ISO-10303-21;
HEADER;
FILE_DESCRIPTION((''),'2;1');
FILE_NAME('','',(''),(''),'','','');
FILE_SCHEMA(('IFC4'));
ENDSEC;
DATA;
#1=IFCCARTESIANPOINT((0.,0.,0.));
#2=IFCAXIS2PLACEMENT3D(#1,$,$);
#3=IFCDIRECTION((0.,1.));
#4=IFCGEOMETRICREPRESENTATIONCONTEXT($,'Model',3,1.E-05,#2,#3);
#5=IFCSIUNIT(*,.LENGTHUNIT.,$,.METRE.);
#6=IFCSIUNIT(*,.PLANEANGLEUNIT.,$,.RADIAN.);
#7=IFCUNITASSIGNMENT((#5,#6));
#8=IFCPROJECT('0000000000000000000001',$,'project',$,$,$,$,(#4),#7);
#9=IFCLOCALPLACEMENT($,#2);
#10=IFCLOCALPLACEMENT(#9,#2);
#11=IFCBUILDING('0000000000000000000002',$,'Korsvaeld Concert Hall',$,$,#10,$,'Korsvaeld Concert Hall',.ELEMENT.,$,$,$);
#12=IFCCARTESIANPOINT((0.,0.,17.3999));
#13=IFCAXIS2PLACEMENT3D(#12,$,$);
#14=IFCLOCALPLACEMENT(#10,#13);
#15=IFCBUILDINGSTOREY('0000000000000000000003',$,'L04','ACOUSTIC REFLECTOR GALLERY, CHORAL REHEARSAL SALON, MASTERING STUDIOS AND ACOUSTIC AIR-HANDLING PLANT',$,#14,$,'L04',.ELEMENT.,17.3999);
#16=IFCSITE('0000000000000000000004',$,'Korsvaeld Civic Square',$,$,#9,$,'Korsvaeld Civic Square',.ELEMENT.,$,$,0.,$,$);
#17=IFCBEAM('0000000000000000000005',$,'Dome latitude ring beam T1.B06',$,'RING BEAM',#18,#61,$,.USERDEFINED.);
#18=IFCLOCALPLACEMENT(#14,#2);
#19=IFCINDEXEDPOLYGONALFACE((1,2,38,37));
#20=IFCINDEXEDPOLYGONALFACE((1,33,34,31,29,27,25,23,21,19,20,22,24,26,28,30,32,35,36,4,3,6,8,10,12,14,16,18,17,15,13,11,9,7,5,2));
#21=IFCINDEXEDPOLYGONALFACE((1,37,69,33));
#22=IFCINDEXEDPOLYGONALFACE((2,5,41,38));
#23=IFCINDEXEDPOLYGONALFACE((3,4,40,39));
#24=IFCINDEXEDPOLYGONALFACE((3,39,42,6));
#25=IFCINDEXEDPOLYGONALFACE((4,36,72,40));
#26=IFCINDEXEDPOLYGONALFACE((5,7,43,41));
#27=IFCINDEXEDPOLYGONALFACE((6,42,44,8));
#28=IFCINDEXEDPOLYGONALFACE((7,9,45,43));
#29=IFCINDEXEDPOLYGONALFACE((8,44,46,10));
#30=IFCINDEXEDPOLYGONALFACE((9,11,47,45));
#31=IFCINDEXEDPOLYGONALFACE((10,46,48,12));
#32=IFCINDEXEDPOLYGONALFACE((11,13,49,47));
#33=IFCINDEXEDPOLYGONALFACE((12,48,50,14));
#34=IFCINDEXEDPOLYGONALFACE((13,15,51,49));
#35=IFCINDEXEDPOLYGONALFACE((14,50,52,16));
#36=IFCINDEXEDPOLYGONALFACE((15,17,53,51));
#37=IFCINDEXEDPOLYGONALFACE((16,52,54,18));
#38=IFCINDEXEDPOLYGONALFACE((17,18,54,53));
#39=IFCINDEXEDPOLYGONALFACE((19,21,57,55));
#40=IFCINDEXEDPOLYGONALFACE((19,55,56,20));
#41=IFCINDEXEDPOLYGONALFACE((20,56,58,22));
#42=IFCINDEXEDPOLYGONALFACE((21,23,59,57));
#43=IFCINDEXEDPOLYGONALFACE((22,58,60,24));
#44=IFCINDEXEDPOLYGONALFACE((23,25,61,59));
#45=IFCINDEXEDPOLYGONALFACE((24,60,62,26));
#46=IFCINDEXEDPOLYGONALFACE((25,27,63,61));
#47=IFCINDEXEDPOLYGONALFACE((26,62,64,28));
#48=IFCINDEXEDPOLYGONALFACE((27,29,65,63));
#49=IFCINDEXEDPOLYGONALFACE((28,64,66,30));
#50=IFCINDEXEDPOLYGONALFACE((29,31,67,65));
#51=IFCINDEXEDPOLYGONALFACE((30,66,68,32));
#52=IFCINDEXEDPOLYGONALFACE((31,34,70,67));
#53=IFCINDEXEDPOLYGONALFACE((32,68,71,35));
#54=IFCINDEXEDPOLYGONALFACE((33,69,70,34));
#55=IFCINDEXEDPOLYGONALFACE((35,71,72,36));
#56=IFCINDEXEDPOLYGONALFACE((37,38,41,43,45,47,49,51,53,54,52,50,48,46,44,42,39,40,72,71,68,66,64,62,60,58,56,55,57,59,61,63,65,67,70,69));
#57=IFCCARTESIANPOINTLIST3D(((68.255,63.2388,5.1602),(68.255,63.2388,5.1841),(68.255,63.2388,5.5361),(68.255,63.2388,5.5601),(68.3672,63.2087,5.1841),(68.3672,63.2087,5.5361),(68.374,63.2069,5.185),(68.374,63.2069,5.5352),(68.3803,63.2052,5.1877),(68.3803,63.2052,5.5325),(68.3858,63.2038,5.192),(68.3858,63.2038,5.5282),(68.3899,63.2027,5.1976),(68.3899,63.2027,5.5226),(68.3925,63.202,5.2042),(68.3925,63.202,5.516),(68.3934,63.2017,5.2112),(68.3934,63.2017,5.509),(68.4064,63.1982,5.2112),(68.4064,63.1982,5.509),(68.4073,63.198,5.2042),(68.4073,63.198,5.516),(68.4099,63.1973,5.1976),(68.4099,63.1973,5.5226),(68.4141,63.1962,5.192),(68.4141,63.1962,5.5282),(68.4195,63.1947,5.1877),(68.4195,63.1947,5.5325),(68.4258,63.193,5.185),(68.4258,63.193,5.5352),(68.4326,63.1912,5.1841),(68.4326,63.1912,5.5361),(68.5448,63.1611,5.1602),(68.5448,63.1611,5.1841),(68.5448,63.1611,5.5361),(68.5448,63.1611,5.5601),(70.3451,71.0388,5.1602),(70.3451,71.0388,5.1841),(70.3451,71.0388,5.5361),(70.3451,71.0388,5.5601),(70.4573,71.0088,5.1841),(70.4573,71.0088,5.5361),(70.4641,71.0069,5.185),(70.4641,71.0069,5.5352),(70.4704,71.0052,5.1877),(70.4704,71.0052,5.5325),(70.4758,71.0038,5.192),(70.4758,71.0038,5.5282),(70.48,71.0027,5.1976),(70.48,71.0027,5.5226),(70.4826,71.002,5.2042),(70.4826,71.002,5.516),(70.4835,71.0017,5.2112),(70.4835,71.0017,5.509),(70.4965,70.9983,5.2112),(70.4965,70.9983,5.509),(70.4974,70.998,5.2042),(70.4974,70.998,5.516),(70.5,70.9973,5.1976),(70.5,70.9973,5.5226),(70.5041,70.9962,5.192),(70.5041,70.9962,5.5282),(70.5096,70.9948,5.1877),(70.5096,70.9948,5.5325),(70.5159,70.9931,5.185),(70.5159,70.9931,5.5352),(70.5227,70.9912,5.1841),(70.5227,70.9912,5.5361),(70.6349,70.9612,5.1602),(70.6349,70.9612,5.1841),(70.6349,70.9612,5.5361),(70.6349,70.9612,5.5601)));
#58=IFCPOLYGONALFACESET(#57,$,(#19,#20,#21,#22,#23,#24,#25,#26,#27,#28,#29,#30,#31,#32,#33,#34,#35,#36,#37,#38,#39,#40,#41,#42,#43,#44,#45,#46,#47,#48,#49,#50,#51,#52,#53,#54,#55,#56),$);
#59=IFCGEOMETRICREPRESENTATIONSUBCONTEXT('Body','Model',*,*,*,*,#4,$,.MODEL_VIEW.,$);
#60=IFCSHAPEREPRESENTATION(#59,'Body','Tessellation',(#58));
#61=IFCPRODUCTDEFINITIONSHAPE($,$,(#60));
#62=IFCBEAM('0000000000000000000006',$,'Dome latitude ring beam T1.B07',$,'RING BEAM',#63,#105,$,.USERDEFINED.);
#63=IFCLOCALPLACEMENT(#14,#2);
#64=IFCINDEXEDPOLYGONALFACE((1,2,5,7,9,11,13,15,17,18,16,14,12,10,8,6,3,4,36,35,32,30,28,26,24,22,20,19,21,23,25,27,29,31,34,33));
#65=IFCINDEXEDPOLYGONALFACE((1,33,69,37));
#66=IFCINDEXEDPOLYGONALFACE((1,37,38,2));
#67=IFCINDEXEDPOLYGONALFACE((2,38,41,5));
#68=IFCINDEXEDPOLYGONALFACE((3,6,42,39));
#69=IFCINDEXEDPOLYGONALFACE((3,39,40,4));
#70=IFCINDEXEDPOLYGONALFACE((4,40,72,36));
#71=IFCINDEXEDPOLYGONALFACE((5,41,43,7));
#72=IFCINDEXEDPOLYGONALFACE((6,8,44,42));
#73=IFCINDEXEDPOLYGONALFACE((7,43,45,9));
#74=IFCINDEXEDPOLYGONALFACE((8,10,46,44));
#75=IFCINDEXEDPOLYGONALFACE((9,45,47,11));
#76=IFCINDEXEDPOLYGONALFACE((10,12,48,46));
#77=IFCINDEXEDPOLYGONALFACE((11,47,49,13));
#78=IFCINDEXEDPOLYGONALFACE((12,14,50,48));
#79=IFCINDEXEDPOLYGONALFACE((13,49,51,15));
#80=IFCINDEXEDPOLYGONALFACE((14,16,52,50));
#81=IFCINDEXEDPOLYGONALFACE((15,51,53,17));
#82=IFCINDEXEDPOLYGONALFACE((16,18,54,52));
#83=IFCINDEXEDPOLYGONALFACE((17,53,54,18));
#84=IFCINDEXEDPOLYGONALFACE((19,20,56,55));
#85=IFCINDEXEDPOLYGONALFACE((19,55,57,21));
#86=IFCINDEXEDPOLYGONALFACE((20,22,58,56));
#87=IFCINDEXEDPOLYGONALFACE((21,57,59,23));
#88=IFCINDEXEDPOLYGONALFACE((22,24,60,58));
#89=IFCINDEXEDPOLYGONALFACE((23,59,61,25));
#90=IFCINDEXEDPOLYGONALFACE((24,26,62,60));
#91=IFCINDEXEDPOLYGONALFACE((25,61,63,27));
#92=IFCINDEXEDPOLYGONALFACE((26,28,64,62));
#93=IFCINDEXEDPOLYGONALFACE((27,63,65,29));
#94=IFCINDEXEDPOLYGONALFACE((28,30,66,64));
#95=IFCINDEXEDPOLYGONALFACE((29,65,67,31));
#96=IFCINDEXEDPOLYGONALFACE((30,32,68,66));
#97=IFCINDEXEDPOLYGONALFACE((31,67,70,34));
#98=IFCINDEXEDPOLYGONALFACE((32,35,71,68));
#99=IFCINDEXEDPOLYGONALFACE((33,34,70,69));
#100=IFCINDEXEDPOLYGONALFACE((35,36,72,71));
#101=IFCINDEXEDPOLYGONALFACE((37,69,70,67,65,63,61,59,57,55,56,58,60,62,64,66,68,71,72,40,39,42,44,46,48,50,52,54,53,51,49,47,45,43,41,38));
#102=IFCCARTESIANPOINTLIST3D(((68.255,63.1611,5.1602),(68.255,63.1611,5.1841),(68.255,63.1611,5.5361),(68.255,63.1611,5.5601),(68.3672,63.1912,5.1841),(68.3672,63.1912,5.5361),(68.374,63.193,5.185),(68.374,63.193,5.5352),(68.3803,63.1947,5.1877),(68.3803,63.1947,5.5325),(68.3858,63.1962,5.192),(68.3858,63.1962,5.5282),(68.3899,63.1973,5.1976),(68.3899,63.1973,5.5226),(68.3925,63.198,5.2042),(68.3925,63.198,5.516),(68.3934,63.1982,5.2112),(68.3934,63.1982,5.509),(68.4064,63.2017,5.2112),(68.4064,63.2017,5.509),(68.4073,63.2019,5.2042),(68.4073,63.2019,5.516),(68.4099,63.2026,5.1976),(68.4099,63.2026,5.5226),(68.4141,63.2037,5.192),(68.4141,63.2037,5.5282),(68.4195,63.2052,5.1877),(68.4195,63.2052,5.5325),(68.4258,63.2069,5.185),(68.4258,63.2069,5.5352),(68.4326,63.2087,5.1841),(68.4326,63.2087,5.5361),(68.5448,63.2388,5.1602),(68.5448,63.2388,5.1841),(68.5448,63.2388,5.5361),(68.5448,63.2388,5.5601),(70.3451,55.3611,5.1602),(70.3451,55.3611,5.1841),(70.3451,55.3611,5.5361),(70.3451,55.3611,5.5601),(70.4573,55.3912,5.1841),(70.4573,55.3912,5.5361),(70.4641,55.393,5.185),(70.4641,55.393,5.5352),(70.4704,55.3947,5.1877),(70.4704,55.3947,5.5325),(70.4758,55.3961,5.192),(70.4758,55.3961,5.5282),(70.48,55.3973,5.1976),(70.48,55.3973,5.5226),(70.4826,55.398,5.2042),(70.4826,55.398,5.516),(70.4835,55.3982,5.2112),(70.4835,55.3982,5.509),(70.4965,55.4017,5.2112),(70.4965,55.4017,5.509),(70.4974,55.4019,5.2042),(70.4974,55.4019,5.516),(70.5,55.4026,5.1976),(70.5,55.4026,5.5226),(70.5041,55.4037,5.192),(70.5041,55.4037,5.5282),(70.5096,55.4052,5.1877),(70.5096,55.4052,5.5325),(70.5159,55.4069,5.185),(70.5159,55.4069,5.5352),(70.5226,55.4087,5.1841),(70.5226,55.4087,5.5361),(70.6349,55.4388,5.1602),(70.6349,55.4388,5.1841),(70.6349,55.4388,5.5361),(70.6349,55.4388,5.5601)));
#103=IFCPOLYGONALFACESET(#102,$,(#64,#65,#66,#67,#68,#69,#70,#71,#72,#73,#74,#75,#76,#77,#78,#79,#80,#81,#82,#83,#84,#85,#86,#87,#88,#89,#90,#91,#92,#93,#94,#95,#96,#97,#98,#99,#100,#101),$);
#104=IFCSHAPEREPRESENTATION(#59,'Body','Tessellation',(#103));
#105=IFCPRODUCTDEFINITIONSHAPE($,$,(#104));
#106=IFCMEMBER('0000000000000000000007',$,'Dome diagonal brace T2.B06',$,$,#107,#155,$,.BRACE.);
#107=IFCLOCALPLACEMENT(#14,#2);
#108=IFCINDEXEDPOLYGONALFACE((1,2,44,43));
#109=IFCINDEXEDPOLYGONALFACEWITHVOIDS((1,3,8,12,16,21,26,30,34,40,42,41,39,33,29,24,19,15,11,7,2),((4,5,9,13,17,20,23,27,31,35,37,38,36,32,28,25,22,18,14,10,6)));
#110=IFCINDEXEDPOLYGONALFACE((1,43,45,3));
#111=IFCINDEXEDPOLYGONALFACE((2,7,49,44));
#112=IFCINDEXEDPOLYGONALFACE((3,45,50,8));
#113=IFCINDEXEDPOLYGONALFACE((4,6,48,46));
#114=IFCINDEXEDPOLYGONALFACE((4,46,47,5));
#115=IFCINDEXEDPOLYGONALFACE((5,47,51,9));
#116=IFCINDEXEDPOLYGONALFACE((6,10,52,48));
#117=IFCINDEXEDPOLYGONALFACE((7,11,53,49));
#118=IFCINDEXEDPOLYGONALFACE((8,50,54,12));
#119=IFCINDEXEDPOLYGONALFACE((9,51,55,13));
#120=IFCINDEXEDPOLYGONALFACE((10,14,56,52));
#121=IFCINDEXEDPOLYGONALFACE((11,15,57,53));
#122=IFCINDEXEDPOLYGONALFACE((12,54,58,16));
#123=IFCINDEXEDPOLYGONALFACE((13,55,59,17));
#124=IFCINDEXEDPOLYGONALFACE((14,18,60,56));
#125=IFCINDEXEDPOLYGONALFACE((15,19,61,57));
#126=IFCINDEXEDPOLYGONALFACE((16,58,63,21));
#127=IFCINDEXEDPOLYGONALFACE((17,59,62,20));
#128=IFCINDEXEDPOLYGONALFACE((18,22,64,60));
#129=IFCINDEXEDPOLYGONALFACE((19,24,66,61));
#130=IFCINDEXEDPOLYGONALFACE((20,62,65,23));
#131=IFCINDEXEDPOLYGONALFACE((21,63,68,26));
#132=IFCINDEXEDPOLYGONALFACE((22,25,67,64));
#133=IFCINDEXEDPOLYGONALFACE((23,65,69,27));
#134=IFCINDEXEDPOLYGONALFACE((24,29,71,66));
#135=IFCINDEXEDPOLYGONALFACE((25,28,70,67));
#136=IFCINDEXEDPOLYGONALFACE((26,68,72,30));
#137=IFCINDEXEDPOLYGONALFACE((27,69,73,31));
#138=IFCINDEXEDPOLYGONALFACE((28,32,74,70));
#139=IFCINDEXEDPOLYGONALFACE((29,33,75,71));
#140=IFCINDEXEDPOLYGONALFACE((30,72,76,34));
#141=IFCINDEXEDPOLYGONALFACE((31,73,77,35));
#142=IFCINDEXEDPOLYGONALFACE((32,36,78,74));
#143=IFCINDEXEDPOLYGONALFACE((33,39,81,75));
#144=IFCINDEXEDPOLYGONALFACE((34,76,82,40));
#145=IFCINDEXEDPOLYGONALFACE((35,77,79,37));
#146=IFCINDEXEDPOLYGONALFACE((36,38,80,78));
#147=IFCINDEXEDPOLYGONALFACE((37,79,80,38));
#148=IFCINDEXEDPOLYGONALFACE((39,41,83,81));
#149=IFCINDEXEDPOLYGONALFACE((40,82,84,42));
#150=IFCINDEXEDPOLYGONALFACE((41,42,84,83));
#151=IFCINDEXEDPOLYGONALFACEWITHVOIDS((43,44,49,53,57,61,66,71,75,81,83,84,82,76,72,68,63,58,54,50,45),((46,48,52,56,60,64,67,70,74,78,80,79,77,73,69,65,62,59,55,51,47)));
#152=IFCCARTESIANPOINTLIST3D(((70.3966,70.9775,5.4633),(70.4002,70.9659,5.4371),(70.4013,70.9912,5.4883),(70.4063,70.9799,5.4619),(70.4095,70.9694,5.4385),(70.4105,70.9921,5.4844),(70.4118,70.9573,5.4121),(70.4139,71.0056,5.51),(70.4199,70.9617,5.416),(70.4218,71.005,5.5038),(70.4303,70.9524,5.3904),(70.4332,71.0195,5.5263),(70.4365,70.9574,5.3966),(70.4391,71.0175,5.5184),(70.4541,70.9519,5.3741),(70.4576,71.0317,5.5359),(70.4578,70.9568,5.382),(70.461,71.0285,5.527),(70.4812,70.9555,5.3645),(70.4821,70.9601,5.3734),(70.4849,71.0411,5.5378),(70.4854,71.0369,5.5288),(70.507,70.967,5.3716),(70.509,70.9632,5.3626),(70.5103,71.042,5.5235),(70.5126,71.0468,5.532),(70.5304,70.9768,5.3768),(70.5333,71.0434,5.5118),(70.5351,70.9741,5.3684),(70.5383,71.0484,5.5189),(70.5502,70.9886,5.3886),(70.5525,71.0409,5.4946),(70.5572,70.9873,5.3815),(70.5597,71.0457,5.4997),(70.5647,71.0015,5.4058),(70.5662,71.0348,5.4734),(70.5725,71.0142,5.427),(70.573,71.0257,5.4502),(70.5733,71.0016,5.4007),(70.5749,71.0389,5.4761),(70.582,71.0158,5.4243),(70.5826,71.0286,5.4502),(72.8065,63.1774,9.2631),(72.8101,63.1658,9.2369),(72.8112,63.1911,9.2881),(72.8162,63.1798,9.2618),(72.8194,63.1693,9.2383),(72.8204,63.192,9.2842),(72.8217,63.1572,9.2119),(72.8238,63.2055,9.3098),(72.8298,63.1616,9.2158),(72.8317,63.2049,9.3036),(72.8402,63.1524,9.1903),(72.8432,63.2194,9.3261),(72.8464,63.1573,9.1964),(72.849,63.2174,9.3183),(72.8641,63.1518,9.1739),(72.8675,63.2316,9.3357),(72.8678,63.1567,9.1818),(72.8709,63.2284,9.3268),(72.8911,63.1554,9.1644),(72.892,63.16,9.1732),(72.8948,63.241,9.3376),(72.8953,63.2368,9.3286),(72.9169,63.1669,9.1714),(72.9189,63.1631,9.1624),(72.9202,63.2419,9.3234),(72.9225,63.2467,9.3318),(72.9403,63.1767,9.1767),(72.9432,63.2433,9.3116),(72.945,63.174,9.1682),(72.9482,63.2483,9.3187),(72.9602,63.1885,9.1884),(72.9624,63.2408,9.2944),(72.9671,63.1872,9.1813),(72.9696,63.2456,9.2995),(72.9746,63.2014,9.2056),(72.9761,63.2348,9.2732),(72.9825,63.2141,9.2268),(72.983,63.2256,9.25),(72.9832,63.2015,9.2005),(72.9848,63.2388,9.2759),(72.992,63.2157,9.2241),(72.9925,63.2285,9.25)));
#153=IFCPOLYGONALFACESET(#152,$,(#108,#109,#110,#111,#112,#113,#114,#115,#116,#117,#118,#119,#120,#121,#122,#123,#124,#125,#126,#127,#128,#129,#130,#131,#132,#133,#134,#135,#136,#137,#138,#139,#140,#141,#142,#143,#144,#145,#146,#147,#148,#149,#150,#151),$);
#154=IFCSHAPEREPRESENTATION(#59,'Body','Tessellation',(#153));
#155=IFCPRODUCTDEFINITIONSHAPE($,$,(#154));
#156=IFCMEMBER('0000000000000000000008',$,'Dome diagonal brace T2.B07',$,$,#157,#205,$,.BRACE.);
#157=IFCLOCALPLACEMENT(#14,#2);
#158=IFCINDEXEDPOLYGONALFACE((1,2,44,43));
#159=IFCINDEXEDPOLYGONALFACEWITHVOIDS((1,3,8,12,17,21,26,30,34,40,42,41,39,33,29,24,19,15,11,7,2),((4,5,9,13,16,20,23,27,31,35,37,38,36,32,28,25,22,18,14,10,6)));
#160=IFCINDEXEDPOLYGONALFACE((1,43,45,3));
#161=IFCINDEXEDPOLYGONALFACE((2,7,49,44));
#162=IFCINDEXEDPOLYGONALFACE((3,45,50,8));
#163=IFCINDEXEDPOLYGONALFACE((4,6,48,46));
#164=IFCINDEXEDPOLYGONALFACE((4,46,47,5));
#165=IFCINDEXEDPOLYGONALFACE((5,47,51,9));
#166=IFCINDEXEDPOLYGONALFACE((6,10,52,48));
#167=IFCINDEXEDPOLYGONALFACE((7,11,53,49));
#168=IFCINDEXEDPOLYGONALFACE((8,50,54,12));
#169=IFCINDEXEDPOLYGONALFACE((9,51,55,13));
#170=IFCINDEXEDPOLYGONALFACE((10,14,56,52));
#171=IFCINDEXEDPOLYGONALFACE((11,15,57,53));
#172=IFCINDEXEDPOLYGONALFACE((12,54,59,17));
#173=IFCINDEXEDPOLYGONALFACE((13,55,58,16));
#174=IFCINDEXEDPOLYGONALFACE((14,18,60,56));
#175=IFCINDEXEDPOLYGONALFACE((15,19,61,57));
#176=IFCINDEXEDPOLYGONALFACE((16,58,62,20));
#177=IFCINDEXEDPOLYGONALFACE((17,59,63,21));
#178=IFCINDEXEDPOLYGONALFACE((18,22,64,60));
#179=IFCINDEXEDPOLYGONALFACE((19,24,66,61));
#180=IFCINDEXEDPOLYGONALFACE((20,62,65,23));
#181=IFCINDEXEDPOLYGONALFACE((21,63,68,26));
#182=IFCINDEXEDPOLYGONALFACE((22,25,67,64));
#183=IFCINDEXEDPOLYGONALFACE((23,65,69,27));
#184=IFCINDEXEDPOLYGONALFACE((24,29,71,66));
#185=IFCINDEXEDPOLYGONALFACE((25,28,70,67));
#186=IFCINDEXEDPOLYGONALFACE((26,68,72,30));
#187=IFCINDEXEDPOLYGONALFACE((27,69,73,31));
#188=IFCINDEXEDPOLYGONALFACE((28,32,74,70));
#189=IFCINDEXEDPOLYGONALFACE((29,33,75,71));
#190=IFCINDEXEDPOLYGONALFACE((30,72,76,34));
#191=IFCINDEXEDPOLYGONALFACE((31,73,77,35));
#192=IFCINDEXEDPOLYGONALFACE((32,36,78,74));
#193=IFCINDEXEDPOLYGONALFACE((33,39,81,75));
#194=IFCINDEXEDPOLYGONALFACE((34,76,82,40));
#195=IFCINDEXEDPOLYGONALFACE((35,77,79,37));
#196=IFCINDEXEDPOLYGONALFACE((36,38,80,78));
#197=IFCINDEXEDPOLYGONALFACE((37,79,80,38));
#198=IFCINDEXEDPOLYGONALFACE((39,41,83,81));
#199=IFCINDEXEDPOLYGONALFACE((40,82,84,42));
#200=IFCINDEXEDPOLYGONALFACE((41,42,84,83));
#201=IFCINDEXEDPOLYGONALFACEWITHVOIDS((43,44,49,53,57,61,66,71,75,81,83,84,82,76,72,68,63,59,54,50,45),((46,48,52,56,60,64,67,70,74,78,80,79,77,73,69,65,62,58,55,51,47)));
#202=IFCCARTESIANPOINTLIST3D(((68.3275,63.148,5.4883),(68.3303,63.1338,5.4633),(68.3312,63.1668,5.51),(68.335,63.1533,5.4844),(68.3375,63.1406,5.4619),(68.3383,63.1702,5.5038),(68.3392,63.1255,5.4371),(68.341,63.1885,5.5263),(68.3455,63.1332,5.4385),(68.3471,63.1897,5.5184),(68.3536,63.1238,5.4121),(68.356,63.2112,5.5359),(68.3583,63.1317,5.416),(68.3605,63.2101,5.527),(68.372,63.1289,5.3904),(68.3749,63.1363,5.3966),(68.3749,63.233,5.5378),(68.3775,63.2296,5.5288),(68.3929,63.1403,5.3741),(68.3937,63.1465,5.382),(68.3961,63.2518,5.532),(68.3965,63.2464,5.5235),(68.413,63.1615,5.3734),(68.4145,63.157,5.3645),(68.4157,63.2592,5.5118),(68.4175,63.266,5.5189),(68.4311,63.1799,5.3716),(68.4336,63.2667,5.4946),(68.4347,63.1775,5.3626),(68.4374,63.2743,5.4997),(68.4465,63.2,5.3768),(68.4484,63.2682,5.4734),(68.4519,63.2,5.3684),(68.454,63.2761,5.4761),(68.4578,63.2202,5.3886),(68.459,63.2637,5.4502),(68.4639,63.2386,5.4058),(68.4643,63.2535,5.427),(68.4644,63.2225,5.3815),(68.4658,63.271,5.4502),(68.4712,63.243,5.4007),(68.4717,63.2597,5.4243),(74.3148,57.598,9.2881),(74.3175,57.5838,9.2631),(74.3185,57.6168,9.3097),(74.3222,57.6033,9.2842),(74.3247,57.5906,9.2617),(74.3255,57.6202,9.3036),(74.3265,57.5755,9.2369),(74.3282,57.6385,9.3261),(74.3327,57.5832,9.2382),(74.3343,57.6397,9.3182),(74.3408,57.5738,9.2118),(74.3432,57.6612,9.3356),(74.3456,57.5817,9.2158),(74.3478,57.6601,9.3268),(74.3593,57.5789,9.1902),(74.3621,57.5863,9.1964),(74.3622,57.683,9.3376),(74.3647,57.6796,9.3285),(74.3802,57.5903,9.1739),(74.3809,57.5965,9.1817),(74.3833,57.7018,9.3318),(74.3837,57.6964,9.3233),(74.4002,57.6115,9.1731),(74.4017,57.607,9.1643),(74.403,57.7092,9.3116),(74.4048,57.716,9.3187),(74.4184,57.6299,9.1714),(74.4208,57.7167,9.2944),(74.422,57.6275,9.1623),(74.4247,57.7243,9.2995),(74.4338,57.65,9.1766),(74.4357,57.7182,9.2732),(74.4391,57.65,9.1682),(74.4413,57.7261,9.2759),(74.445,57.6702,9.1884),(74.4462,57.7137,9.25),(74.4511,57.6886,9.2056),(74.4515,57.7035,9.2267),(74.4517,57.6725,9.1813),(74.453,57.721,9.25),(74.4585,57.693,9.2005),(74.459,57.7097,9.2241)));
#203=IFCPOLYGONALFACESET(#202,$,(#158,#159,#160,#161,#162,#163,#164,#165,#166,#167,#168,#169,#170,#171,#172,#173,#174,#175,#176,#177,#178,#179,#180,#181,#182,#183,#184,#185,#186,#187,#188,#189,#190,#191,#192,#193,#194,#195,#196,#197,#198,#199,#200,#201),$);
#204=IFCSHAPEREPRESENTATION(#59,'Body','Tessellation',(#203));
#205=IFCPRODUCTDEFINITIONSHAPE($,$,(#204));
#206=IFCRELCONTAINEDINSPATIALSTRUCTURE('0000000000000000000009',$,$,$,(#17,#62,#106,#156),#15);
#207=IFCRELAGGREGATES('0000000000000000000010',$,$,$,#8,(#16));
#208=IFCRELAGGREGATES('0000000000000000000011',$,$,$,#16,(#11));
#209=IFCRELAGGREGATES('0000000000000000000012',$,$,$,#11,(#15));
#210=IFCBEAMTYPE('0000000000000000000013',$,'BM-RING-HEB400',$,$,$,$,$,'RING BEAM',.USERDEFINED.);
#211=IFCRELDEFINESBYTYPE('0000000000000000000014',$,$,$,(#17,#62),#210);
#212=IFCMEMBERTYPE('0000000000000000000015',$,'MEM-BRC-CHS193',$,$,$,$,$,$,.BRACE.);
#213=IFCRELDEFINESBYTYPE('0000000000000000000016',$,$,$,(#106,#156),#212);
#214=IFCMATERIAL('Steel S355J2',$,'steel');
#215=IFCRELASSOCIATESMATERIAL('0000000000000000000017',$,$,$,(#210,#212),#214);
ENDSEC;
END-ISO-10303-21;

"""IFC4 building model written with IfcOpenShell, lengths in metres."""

from ifc_helpers import new_model, si_unit, direction, frame, origin, origin_2d, place, context, subcontext, project, spatial, hollow_circle, i_section, extrude, material, material_profile, profile_set, type_object, element, save


model = new_model("IFC4")

# Units and contexts
model_context = context("Model", 3, precision=1e-05, world=origin(), true_north=direction((0.0, 1.0)))
body_context = subcontext(model_context, "Body", "Model", "MODEL_VIEW")
ifc_project = project(units=[si_unit("LENGTHUNIT", "METRE"), si_unit("PLANEANGLEUNIT", "RADIAN")], contexts=[model_context])

# Site, building, storey
site_placement = place(None, origin())
site = spatial("IfcSite", under=ifc_project, at=site_placement, Name="Korsvaeld Civic Square", LongName="Korsvaeld Civic Square", CompositionType="ELEMENT", RefElevation=0.0)
building_placement = place(site_placement, origin())
building = spatial("IfcBuilding", under=site, at=building_placement, Name="Korsvaeld Concert Hall", LongName="Korsvaeld Concert Hall", CompositionType="ELEMENT")
storey_placement = place(building_placement, frame((0.0, 0.0, 17.3999)))
storey = spatial("IfcBuildingStorey", under=building, at=storey_placement, Name="L04", Description="ACOUSTIC REFLECTOR GALLERY, CHORAL REHEARSAL SALON, MASTERING STUDIOS AND ACOUSTIC AIR-HANDLING PLANT", LongName="L04", CompositionType="ELEMENT", Elevation=17.3999)

# Beams
ifc_material_1 = material(Name="Steel S355J2", Category="steel")
ifc_material_profile_1 = material_profile(ifc_material_1, i_section(OverallWidth=0.3, OverallDepth=0.3999, WebThickness=0.0134, FlangeThickness=0.0239, FilletRadius=0.0271, at=origin_2d()), Name="HEB 400")
ifc_profile_set_1 = profile_set([ifc_material_profile_1], Name="Steel S355J2")
beam_type = type_object("IfcBeamType", Name="BM-RING-HEB400", ElementType="RING BEAM", PredefinedType="USERDEFINED", material=ifc_profile_set_1)
for number, where, z_axis, x_axis, name in (
    (1, (70.49, 71.0, 5.3601), (-0.258827, -0.965924, 0.0), (0.965924, -0.258827, 0.0), "Dome latitude ring beam T1.B06"),
    (2, (68.3999, 63.2, 5.3601), (0.258827, -0.965924, 0.0), (0.965924, 0.258827, 0.0), "Dome latitude ring beam T1.B07"),
):
    element("IfcBeam", number, at=place(storey_placement, frame(where, z_axis=z_axis, x_axis=x_axis)), inside=storey, type_object=beam_type, Name=name, ObjectType="RING BEAM", PredefinedType="USERDEFINED", context=body_context, shape_type="SweptSolid", body=[
        extrude(i_section(OverallWidth=0.3, OverallDepth=0.3999, WebThickness=0.0134, FlangeThickness=0.0239, FilletRadius=0.0271, at=origin_2d()), origin(), (0.0, 0.0, 1.0), 8.0752),
    ])

# Members
ifc_material_profile_2 = material_profile(ifc_material_1, hollow_circle(Radius=0.0969, WallThickness=0.01, at=origin_2d()), Name="CHS 193.7x10")
ifc_profile_set_2 = profile_set([ifc_material_profile_2], Name="Steel S355J2")
member_type_1 = type_object("IfcMemberType", Name="MEM-BRC-CHS193", PredefinedType="BRACE", material=ifc_profile_set_2)
for number, where, z_axis, x_axis, name in (
    (3, (70.49, 71.0, 5.4502), (0.267624, -0.866207, 0.421974), (0.955438, 0.295193, 0.0), "Dome diagonal brace T2.B06"),
    (4, (68.3999, 63.2, 5.4502), (0.664889, -0.616332, 0.421968), (0.67982, 0.733379, 0.0), "Dome diagonal brace T2.B07"),
):
    element("IfcMember", number, at=place(storey_placement, frame(where, z_axis=z_axis, x_axis=x_axis)), inside=storey, type_object=member_type_1, Name=name, PredefinedType="BRACE", context=body_context, shape_type="SweptSolid", body=[
        extrude(hollow_circle(Radius=0.0969, WallThickness=0.01, at=origin_2d()), origin(), (0.0, 0.0, 1.0), 9.0049),
    ])

save(model, "model.ifc")
